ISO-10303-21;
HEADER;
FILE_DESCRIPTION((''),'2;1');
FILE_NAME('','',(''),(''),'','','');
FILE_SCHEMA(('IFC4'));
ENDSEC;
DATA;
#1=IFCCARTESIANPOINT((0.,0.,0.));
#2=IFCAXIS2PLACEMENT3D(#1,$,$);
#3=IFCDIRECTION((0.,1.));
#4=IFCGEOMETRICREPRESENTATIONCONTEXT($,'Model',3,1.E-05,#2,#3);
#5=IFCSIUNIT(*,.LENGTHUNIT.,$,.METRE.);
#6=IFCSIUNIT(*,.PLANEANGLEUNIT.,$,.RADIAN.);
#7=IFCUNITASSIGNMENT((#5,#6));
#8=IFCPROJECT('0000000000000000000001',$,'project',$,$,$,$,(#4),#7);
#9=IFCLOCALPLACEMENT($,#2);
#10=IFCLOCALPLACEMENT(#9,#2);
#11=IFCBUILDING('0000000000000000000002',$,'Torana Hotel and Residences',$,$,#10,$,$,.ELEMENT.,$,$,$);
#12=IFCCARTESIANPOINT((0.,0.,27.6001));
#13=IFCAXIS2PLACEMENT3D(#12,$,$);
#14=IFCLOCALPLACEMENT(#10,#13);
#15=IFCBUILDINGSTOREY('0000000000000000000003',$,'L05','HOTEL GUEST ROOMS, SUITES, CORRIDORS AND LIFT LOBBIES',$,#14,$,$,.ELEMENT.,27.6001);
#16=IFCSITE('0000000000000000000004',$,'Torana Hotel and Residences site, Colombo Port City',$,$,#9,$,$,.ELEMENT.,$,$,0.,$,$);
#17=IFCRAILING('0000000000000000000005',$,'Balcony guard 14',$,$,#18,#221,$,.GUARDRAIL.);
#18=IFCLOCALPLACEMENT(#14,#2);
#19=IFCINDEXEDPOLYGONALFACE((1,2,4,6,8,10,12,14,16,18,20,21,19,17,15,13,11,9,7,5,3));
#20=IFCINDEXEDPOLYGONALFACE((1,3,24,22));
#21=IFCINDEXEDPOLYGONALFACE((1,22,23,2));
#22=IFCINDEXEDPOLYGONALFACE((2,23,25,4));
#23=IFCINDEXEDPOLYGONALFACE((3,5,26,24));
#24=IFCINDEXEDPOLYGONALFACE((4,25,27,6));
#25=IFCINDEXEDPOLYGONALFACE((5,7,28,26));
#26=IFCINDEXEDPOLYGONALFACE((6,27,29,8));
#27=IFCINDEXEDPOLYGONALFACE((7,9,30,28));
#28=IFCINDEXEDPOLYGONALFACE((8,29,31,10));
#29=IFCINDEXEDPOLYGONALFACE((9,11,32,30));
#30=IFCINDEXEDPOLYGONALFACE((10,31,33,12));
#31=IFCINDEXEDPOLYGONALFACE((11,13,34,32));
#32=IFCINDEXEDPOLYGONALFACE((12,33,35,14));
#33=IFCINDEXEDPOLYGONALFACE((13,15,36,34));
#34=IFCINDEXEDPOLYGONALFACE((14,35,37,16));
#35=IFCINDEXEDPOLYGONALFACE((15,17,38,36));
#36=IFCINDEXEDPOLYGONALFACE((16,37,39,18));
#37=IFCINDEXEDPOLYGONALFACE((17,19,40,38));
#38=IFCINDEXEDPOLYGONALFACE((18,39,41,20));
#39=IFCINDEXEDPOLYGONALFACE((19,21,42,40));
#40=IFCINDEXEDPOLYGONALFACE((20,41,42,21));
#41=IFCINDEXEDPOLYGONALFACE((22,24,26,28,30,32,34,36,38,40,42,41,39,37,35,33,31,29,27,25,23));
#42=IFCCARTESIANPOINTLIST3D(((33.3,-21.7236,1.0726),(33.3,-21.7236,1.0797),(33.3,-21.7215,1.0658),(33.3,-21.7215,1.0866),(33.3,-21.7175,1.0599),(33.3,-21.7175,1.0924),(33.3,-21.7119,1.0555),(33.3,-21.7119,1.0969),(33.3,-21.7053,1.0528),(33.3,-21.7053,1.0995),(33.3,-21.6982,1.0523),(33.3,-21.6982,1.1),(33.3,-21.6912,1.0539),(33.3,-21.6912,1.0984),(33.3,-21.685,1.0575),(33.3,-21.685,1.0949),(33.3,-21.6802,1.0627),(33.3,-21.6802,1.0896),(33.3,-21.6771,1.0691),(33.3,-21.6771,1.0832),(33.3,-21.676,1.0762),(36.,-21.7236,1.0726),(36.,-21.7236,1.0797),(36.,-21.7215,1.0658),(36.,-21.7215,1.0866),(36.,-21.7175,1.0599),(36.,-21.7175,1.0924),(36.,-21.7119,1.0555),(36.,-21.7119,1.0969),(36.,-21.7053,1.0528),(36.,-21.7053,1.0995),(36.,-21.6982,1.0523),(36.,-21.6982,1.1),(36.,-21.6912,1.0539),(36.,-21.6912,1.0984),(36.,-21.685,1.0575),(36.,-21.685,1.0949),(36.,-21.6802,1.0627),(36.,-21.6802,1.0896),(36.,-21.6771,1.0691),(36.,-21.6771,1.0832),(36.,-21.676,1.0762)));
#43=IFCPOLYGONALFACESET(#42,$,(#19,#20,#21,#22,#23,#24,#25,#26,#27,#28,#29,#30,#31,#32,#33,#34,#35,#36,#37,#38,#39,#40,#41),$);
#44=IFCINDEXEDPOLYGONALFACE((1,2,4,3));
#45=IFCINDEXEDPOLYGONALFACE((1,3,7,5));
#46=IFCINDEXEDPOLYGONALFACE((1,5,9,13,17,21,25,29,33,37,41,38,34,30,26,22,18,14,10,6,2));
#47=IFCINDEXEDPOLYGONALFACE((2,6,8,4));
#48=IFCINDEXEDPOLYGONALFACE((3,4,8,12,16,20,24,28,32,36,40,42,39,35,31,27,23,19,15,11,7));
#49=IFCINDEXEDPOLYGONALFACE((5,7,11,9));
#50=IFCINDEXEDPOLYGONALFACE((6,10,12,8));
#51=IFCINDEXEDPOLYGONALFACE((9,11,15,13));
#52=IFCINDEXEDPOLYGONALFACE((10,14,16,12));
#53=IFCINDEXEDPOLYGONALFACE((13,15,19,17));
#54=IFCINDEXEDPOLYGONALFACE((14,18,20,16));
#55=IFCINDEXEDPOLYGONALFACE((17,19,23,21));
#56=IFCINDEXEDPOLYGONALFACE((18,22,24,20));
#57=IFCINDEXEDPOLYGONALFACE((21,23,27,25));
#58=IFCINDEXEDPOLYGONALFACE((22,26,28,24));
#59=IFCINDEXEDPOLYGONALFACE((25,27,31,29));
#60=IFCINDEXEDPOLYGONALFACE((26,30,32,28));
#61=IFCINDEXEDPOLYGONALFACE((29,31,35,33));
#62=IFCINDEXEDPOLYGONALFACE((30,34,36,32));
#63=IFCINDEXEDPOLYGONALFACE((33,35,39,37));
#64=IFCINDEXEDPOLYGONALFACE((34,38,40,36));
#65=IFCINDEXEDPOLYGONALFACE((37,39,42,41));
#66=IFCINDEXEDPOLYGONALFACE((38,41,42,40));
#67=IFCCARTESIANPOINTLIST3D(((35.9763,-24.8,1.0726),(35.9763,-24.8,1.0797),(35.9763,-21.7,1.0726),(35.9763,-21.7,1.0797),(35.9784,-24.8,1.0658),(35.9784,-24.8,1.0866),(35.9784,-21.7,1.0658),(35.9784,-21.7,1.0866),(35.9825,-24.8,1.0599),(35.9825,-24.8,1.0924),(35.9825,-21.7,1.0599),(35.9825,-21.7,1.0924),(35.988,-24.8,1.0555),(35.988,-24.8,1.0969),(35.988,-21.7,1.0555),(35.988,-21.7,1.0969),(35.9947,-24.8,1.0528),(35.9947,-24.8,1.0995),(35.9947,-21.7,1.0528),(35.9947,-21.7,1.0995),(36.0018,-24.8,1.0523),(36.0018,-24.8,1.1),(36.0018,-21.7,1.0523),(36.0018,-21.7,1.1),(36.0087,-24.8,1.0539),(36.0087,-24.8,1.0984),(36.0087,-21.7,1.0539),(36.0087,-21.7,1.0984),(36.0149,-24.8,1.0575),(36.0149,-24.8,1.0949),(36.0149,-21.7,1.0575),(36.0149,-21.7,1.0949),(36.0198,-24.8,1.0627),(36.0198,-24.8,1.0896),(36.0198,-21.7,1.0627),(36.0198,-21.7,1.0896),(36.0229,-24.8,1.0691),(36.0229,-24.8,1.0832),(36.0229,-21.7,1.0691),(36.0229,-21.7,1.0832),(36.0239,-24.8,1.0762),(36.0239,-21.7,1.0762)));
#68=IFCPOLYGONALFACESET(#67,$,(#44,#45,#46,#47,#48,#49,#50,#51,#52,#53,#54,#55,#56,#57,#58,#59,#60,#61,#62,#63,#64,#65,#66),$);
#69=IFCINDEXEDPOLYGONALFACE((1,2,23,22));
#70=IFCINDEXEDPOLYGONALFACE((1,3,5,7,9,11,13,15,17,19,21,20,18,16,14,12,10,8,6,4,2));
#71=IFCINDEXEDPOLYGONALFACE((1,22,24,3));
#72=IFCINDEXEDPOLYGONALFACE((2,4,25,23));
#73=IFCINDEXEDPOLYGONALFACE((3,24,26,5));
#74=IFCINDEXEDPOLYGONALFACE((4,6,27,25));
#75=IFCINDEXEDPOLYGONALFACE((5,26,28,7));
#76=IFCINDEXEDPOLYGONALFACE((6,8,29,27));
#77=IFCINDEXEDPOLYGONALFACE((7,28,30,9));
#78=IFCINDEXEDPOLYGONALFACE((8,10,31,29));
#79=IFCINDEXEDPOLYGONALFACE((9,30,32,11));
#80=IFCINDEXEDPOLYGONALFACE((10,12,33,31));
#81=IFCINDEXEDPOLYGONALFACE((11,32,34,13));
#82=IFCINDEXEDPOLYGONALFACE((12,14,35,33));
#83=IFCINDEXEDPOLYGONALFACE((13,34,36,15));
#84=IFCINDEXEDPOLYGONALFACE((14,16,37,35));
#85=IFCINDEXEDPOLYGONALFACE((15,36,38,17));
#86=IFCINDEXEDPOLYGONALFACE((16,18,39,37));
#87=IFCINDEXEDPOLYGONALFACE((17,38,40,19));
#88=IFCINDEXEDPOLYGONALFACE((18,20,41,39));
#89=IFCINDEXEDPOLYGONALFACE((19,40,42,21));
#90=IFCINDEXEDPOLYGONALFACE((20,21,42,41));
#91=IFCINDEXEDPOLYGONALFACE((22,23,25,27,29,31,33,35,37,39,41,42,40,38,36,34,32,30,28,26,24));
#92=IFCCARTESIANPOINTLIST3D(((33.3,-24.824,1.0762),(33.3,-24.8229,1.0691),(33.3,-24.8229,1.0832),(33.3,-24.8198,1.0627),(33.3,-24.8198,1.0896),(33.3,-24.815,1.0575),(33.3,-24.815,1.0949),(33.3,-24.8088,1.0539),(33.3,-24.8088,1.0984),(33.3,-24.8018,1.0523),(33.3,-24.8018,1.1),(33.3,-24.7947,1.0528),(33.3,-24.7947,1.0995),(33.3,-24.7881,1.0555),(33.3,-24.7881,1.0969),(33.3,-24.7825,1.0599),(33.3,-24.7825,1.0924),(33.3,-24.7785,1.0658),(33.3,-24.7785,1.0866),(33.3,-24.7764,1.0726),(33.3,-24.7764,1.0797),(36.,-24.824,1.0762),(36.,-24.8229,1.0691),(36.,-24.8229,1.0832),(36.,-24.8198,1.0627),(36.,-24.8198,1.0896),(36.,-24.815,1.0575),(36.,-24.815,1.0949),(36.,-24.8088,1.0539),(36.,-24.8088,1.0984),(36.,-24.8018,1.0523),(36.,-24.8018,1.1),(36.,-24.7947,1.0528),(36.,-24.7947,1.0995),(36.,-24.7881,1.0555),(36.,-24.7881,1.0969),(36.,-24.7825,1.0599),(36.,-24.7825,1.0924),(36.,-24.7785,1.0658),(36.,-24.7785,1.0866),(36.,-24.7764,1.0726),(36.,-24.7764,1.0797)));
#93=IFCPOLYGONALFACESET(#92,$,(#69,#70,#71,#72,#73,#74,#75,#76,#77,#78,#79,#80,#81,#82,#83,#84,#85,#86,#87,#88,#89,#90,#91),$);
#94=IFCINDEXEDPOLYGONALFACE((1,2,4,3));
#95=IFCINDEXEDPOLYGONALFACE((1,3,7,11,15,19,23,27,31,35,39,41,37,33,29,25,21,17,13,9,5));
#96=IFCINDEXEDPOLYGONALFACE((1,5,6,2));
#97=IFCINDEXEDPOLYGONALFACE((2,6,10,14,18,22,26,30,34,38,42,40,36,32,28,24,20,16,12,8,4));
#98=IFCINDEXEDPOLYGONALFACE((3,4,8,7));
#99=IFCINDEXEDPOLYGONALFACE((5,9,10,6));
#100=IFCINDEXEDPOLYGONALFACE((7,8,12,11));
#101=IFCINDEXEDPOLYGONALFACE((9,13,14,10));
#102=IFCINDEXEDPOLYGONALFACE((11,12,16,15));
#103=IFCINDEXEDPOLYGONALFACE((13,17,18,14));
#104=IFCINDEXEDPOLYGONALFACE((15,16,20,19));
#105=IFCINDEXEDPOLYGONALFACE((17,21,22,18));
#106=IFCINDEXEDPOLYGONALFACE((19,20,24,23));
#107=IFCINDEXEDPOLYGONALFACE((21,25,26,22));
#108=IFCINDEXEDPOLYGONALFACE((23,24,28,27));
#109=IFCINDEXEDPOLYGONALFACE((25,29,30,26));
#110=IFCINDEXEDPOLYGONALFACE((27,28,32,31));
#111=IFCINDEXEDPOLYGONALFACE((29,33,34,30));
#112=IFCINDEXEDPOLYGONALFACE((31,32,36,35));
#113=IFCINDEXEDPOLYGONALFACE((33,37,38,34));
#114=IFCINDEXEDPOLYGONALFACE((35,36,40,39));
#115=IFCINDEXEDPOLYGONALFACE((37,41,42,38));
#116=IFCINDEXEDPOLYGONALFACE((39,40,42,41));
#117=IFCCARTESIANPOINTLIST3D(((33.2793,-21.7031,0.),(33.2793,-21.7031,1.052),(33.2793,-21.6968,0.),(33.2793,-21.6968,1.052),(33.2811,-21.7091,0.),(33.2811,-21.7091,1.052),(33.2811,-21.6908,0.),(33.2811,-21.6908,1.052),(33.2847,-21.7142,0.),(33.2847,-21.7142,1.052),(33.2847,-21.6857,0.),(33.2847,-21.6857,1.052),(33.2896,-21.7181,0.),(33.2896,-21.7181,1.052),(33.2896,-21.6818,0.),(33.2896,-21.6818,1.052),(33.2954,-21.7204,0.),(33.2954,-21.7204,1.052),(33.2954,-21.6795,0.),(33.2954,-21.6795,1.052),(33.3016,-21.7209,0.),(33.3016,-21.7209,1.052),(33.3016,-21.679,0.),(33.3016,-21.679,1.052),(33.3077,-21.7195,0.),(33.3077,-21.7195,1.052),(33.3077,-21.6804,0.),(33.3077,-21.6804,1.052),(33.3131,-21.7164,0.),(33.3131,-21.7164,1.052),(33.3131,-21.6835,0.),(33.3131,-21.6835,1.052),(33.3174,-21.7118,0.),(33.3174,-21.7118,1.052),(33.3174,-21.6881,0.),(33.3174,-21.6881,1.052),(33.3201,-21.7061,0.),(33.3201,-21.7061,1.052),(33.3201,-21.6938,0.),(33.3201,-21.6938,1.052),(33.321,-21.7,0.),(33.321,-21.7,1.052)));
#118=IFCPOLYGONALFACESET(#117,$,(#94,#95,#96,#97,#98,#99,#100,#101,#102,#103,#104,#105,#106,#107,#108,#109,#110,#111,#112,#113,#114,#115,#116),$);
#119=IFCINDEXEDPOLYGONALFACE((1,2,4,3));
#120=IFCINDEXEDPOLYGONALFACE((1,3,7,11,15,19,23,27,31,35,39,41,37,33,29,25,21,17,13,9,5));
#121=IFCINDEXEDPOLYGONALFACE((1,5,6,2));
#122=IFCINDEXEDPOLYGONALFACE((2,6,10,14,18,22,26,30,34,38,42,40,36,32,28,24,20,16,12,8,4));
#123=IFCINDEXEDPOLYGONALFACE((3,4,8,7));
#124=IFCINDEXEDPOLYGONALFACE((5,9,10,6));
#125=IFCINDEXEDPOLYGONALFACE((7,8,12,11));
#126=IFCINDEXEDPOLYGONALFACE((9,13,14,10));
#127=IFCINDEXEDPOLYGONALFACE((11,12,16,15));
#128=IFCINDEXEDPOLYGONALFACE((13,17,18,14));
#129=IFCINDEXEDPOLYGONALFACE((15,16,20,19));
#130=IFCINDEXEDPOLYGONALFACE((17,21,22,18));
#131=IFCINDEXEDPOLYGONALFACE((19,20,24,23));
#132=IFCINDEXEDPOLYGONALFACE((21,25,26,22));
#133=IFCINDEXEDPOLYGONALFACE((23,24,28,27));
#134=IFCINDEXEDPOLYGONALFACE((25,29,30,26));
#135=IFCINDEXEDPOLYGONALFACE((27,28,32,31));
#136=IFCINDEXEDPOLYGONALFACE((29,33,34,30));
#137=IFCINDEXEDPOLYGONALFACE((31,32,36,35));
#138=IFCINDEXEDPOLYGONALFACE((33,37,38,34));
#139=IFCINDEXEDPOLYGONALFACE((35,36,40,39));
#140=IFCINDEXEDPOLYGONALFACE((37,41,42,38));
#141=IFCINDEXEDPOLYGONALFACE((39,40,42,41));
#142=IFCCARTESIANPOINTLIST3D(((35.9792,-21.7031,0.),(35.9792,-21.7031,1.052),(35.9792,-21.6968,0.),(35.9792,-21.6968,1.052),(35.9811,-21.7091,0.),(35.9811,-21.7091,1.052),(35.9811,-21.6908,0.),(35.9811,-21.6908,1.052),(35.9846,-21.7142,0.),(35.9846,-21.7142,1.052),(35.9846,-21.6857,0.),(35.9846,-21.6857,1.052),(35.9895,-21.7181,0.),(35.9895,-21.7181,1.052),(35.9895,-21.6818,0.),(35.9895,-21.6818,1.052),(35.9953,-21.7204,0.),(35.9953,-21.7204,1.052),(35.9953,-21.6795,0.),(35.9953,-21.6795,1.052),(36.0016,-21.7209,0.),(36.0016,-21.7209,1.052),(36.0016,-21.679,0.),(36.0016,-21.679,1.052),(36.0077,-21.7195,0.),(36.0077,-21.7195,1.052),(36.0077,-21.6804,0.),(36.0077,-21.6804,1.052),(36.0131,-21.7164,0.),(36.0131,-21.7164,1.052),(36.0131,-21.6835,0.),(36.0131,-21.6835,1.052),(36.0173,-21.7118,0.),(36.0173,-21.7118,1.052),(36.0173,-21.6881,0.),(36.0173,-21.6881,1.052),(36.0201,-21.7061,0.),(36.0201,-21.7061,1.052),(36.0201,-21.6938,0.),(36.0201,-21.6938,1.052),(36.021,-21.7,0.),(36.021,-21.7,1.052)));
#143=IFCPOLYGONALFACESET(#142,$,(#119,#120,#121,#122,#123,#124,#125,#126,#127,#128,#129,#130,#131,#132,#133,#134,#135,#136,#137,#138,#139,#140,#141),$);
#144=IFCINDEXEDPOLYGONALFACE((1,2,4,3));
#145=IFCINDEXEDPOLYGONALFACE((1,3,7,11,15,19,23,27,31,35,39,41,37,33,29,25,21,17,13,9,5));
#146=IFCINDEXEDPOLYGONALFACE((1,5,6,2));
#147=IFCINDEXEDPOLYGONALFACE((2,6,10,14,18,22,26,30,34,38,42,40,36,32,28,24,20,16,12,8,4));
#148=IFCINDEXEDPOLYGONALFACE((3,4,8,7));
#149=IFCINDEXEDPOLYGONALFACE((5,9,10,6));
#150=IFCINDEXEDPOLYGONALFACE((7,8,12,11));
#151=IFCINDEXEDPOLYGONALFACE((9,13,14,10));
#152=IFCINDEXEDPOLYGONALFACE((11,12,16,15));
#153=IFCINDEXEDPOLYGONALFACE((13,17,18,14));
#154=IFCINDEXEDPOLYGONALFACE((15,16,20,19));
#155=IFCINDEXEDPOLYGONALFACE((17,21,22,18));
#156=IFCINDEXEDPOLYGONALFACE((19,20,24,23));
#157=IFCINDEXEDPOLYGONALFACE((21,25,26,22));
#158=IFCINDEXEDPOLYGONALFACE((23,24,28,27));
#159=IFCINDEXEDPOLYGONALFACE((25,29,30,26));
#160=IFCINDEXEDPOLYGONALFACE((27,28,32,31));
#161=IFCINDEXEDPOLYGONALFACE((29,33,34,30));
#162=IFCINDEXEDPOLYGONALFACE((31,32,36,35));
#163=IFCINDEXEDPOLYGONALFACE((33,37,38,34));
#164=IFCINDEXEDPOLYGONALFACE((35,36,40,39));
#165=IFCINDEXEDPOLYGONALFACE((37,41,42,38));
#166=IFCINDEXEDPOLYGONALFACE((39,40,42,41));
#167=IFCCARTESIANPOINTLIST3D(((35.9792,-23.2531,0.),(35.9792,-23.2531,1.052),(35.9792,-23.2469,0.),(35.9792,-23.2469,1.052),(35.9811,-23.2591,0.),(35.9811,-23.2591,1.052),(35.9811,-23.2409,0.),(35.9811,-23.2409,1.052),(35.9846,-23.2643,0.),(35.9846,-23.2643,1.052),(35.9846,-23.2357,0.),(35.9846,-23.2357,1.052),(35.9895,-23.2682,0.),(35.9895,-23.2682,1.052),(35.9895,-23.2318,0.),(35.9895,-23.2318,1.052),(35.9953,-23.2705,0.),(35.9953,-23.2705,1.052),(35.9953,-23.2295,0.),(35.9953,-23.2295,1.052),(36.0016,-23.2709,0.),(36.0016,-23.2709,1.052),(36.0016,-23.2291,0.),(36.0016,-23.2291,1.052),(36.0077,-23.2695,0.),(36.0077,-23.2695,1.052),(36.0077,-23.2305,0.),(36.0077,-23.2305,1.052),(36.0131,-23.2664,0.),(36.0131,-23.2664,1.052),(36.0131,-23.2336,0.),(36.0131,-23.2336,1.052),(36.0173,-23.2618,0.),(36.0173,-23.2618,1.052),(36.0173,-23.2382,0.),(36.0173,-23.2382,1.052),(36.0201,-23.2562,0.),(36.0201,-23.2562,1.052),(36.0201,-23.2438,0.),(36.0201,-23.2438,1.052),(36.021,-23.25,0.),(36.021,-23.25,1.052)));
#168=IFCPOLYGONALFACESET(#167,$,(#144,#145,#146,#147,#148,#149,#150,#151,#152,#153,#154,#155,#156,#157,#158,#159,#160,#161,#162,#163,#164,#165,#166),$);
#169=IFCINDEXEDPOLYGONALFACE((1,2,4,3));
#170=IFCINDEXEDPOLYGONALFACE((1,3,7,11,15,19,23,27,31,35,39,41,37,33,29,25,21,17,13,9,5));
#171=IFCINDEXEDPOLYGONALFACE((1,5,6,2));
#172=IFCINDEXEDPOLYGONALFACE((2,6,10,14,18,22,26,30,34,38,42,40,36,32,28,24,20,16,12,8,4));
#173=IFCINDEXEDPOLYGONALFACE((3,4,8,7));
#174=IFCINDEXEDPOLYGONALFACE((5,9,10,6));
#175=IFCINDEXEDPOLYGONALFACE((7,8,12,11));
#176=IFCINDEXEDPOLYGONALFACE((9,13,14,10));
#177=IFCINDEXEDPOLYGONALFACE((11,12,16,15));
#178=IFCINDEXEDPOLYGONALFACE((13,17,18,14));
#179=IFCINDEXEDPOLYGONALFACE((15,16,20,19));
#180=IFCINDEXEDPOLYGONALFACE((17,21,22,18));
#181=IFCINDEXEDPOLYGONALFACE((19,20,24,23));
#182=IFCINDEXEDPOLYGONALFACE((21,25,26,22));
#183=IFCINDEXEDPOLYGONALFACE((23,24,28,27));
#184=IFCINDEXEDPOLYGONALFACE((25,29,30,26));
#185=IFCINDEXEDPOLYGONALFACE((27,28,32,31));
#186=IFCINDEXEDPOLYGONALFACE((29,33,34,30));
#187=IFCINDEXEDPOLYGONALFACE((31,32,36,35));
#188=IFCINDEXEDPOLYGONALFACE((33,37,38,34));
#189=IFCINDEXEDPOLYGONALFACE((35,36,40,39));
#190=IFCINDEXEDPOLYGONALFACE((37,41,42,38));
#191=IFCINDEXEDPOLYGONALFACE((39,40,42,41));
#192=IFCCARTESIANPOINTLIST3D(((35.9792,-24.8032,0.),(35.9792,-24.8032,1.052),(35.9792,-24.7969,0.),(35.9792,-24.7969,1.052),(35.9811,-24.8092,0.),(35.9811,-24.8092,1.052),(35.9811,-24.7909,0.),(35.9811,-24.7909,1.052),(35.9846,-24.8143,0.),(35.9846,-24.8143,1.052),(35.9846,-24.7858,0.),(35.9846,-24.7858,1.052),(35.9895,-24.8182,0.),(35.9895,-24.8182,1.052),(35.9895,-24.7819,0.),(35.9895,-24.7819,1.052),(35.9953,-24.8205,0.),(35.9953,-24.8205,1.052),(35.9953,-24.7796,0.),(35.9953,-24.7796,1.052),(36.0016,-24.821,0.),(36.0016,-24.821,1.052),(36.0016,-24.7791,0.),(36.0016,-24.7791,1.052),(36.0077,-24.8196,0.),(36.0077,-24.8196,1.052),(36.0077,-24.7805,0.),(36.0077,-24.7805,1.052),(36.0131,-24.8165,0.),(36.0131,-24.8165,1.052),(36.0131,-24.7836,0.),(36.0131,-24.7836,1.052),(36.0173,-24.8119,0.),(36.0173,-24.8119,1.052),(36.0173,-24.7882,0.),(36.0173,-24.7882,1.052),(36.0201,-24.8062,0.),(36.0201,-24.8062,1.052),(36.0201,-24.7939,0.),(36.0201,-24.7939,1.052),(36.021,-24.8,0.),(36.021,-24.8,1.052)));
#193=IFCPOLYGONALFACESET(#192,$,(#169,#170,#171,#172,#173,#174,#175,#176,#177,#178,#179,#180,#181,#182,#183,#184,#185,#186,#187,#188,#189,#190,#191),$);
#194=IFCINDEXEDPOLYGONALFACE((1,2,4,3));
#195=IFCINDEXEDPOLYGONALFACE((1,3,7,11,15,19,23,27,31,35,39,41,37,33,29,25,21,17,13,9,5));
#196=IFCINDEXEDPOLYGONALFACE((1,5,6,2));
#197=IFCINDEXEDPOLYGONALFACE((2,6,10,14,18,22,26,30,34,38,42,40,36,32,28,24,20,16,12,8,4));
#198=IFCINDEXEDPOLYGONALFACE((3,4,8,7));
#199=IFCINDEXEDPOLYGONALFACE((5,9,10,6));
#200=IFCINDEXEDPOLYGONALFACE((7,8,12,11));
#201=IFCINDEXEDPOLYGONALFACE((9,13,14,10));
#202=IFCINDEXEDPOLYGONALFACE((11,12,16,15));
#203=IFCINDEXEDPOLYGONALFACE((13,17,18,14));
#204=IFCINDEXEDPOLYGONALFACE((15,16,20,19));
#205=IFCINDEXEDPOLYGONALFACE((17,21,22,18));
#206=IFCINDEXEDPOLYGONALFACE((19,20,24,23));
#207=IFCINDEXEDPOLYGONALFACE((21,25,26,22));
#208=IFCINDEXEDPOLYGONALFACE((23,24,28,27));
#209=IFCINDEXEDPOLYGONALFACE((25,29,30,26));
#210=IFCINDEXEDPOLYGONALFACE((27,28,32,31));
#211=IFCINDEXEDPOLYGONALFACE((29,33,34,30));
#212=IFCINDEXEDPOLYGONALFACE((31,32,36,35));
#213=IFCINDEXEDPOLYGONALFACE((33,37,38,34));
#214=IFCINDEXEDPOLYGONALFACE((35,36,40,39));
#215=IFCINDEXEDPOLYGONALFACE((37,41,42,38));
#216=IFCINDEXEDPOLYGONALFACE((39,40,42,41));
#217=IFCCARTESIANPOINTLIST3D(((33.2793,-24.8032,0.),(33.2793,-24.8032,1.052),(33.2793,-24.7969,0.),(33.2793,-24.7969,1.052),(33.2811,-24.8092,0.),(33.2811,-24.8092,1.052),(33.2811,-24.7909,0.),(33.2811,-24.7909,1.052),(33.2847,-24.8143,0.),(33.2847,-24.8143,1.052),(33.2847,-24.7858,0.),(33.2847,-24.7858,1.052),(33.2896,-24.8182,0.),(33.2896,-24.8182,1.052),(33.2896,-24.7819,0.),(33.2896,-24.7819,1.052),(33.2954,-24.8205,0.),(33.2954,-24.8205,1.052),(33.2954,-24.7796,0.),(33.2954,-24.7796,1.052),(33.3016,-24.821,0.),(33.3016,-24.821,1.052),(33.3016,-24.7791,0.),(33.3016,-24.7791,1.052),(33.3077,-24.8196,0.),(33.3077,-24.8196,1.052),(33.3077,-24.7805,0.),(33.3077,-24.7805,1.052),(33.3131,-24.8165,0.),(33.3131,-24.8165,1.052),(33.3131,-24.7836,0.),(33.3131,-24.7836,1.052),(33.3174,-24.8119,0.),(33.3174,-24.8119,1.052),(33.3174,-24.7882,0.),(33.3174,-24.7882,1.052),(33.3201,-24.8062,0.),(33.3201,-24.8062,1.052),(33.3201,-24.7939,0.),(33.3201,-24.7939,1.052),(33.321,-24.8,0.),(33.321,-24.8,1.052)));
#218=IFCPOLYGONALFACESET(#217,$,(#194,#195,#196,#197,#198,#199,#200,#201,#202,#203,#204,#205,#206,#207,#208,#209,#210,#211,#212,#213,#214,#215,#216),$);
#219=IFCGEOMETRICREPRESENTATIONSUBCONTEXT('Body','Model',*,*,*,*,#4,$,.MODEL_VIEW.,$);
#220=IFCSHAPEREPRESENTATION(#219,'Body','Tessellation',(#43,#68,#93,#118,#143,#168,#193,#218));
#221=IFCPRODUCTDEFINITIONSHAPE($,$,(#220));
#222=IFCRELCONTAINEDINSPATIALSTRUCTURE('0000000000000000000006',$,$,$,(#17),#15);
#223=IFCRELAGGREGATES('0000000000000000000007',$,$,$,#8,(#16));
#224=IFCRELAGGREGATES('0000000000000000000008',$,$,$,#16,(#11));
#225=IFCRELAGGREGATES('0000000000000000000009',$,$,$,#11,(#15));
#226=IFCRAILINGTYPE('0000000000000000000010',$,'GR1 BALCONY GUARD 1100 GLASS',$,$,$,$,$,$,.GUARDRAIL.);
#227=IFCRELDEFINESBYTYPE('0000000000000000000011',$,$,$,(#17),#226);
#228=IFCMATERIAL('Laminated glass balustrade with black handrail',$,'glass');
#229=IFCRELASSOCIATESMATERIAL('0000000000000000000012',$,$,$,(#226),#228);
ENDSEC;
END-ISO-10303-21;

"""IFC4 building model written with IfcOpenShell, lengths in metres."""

from ifc_helpers import new_model, si_unit, direction, frame, origin, origin_2d, place, context, subcontext, project, spatial, circle, extrude, material, type_object, element, save


model = new_model("IFC4")

# Units and contexts
model_context = context("Model", 3, precision=1e-05, world=origin(), true_north=direction((0.0, 1.0)))
body_context = subcontext(model_context, "Body", "Model", "MODEL_VIEW")
ifc_project = project(units=[si_unit("LENGTHUNIT", "METRE"), si_unit("PLANEANGLEUNIT", "RADIAN")], contexts=[model_context])

# Site, building, storey
site_placement = place(None, origin())
site = spatial("IfcSite", under=ifc_project, at=site_placement, Name="Torana Hotel and Residences site, Colombo Port City", CompositionType="ELEMENT", RefElevation=0.0)
building_placement = place(site_placement, origin())
building = spatial("IfcBuilding", under=site, at=building_placement, Name="Torana Hotel and Residences", CompositionType="ELEMENT")
storey_placement = place(building_placement, frame((0.0, 0.0, 27.6001)))
storey = spatial("IfcBuildingStorey", under=building, at=storey_placement, Name="L05", Description="HOTEL GUEST ROOMS, SUITES, CORRIDORS AND LIFT LOBBIES", CompositionType="ELEMENT", Elevation=27.6001)

# Railing
ifc_material_1 = material(Name="Laminated glass balustrade with black handrail", Category="glass")
railing_type = type_object("IfcRailingType", Name="GR1 BALCONY GUARD 1100 GLASS", PredefinedType="GUARDRAIL", material=ifc_material_1)
railing_1_placement = place(storey_placement, frame((33.3, -21.7, 0.0)))
element("IfcRailing", 1, at=railing_1_placement, inside=storey, type_object=railing_type, Name="Balcony guard 14", PredefinedType="GUARDRAIL", context=body_context, shape_type="SweptSolid", body=[
    extrude(circle(Radius=0.0239, at=origin_2d()), frame((0.0, 0.0, 1.0762), z_axis=(1.0, 0.0, 0.0), x_axis=(0.0, 1.0, 0.0)), (0.0, 0.0, 1.0), 2.7),
    extrude(circle(Radius=0.0239, at=origin_2d()), frame((2.7, 0.0, 1.0762), z_axis=(0.0, -1.0, 0.0), x_axis=(1.0, 0.0, 0.0)), (0.0, 0.0, 1.0), 3.1001),
    extrude(circle(Radius=0.0239, at=origin_2d()), frame((2.7, -3.1001, 1.0762), z_axis=(-1.0, 0.0, 0.0), x_axis=(0.0, -1.0, 0.0)), (0.0, 0.0, 1.0), 2.7),
    extrude(circle(Radius=0.021, at=origin_2d()), origin(), (0.0, 0.0, 1.0), 1.052),
    extrude(circle(Radius=0.021, at=origin_2d()), frame((2.7, 0.0, 0.0)), (0.0, 0.0, 1.0), 1.052),
    extrude(circle(Radius=0.021, at=origin_2d()), frame((2.7, -1.55, 0.0)), (0.0, 0.0, 1.0), 1.052),
    extrude(circle(Radius=0.021, at=origin_2d()), frame((2.7, -3.1001, 0.0)), (0.0, 0.0, 1.0), 1.052),
    extrude(circle(Radius=0.021, at=origin_2d()), frame((0.0, -3.1001, 0.0)), (0.0, 0.0, 1.0), 1.052),
])

save(model, "model.ifc")
